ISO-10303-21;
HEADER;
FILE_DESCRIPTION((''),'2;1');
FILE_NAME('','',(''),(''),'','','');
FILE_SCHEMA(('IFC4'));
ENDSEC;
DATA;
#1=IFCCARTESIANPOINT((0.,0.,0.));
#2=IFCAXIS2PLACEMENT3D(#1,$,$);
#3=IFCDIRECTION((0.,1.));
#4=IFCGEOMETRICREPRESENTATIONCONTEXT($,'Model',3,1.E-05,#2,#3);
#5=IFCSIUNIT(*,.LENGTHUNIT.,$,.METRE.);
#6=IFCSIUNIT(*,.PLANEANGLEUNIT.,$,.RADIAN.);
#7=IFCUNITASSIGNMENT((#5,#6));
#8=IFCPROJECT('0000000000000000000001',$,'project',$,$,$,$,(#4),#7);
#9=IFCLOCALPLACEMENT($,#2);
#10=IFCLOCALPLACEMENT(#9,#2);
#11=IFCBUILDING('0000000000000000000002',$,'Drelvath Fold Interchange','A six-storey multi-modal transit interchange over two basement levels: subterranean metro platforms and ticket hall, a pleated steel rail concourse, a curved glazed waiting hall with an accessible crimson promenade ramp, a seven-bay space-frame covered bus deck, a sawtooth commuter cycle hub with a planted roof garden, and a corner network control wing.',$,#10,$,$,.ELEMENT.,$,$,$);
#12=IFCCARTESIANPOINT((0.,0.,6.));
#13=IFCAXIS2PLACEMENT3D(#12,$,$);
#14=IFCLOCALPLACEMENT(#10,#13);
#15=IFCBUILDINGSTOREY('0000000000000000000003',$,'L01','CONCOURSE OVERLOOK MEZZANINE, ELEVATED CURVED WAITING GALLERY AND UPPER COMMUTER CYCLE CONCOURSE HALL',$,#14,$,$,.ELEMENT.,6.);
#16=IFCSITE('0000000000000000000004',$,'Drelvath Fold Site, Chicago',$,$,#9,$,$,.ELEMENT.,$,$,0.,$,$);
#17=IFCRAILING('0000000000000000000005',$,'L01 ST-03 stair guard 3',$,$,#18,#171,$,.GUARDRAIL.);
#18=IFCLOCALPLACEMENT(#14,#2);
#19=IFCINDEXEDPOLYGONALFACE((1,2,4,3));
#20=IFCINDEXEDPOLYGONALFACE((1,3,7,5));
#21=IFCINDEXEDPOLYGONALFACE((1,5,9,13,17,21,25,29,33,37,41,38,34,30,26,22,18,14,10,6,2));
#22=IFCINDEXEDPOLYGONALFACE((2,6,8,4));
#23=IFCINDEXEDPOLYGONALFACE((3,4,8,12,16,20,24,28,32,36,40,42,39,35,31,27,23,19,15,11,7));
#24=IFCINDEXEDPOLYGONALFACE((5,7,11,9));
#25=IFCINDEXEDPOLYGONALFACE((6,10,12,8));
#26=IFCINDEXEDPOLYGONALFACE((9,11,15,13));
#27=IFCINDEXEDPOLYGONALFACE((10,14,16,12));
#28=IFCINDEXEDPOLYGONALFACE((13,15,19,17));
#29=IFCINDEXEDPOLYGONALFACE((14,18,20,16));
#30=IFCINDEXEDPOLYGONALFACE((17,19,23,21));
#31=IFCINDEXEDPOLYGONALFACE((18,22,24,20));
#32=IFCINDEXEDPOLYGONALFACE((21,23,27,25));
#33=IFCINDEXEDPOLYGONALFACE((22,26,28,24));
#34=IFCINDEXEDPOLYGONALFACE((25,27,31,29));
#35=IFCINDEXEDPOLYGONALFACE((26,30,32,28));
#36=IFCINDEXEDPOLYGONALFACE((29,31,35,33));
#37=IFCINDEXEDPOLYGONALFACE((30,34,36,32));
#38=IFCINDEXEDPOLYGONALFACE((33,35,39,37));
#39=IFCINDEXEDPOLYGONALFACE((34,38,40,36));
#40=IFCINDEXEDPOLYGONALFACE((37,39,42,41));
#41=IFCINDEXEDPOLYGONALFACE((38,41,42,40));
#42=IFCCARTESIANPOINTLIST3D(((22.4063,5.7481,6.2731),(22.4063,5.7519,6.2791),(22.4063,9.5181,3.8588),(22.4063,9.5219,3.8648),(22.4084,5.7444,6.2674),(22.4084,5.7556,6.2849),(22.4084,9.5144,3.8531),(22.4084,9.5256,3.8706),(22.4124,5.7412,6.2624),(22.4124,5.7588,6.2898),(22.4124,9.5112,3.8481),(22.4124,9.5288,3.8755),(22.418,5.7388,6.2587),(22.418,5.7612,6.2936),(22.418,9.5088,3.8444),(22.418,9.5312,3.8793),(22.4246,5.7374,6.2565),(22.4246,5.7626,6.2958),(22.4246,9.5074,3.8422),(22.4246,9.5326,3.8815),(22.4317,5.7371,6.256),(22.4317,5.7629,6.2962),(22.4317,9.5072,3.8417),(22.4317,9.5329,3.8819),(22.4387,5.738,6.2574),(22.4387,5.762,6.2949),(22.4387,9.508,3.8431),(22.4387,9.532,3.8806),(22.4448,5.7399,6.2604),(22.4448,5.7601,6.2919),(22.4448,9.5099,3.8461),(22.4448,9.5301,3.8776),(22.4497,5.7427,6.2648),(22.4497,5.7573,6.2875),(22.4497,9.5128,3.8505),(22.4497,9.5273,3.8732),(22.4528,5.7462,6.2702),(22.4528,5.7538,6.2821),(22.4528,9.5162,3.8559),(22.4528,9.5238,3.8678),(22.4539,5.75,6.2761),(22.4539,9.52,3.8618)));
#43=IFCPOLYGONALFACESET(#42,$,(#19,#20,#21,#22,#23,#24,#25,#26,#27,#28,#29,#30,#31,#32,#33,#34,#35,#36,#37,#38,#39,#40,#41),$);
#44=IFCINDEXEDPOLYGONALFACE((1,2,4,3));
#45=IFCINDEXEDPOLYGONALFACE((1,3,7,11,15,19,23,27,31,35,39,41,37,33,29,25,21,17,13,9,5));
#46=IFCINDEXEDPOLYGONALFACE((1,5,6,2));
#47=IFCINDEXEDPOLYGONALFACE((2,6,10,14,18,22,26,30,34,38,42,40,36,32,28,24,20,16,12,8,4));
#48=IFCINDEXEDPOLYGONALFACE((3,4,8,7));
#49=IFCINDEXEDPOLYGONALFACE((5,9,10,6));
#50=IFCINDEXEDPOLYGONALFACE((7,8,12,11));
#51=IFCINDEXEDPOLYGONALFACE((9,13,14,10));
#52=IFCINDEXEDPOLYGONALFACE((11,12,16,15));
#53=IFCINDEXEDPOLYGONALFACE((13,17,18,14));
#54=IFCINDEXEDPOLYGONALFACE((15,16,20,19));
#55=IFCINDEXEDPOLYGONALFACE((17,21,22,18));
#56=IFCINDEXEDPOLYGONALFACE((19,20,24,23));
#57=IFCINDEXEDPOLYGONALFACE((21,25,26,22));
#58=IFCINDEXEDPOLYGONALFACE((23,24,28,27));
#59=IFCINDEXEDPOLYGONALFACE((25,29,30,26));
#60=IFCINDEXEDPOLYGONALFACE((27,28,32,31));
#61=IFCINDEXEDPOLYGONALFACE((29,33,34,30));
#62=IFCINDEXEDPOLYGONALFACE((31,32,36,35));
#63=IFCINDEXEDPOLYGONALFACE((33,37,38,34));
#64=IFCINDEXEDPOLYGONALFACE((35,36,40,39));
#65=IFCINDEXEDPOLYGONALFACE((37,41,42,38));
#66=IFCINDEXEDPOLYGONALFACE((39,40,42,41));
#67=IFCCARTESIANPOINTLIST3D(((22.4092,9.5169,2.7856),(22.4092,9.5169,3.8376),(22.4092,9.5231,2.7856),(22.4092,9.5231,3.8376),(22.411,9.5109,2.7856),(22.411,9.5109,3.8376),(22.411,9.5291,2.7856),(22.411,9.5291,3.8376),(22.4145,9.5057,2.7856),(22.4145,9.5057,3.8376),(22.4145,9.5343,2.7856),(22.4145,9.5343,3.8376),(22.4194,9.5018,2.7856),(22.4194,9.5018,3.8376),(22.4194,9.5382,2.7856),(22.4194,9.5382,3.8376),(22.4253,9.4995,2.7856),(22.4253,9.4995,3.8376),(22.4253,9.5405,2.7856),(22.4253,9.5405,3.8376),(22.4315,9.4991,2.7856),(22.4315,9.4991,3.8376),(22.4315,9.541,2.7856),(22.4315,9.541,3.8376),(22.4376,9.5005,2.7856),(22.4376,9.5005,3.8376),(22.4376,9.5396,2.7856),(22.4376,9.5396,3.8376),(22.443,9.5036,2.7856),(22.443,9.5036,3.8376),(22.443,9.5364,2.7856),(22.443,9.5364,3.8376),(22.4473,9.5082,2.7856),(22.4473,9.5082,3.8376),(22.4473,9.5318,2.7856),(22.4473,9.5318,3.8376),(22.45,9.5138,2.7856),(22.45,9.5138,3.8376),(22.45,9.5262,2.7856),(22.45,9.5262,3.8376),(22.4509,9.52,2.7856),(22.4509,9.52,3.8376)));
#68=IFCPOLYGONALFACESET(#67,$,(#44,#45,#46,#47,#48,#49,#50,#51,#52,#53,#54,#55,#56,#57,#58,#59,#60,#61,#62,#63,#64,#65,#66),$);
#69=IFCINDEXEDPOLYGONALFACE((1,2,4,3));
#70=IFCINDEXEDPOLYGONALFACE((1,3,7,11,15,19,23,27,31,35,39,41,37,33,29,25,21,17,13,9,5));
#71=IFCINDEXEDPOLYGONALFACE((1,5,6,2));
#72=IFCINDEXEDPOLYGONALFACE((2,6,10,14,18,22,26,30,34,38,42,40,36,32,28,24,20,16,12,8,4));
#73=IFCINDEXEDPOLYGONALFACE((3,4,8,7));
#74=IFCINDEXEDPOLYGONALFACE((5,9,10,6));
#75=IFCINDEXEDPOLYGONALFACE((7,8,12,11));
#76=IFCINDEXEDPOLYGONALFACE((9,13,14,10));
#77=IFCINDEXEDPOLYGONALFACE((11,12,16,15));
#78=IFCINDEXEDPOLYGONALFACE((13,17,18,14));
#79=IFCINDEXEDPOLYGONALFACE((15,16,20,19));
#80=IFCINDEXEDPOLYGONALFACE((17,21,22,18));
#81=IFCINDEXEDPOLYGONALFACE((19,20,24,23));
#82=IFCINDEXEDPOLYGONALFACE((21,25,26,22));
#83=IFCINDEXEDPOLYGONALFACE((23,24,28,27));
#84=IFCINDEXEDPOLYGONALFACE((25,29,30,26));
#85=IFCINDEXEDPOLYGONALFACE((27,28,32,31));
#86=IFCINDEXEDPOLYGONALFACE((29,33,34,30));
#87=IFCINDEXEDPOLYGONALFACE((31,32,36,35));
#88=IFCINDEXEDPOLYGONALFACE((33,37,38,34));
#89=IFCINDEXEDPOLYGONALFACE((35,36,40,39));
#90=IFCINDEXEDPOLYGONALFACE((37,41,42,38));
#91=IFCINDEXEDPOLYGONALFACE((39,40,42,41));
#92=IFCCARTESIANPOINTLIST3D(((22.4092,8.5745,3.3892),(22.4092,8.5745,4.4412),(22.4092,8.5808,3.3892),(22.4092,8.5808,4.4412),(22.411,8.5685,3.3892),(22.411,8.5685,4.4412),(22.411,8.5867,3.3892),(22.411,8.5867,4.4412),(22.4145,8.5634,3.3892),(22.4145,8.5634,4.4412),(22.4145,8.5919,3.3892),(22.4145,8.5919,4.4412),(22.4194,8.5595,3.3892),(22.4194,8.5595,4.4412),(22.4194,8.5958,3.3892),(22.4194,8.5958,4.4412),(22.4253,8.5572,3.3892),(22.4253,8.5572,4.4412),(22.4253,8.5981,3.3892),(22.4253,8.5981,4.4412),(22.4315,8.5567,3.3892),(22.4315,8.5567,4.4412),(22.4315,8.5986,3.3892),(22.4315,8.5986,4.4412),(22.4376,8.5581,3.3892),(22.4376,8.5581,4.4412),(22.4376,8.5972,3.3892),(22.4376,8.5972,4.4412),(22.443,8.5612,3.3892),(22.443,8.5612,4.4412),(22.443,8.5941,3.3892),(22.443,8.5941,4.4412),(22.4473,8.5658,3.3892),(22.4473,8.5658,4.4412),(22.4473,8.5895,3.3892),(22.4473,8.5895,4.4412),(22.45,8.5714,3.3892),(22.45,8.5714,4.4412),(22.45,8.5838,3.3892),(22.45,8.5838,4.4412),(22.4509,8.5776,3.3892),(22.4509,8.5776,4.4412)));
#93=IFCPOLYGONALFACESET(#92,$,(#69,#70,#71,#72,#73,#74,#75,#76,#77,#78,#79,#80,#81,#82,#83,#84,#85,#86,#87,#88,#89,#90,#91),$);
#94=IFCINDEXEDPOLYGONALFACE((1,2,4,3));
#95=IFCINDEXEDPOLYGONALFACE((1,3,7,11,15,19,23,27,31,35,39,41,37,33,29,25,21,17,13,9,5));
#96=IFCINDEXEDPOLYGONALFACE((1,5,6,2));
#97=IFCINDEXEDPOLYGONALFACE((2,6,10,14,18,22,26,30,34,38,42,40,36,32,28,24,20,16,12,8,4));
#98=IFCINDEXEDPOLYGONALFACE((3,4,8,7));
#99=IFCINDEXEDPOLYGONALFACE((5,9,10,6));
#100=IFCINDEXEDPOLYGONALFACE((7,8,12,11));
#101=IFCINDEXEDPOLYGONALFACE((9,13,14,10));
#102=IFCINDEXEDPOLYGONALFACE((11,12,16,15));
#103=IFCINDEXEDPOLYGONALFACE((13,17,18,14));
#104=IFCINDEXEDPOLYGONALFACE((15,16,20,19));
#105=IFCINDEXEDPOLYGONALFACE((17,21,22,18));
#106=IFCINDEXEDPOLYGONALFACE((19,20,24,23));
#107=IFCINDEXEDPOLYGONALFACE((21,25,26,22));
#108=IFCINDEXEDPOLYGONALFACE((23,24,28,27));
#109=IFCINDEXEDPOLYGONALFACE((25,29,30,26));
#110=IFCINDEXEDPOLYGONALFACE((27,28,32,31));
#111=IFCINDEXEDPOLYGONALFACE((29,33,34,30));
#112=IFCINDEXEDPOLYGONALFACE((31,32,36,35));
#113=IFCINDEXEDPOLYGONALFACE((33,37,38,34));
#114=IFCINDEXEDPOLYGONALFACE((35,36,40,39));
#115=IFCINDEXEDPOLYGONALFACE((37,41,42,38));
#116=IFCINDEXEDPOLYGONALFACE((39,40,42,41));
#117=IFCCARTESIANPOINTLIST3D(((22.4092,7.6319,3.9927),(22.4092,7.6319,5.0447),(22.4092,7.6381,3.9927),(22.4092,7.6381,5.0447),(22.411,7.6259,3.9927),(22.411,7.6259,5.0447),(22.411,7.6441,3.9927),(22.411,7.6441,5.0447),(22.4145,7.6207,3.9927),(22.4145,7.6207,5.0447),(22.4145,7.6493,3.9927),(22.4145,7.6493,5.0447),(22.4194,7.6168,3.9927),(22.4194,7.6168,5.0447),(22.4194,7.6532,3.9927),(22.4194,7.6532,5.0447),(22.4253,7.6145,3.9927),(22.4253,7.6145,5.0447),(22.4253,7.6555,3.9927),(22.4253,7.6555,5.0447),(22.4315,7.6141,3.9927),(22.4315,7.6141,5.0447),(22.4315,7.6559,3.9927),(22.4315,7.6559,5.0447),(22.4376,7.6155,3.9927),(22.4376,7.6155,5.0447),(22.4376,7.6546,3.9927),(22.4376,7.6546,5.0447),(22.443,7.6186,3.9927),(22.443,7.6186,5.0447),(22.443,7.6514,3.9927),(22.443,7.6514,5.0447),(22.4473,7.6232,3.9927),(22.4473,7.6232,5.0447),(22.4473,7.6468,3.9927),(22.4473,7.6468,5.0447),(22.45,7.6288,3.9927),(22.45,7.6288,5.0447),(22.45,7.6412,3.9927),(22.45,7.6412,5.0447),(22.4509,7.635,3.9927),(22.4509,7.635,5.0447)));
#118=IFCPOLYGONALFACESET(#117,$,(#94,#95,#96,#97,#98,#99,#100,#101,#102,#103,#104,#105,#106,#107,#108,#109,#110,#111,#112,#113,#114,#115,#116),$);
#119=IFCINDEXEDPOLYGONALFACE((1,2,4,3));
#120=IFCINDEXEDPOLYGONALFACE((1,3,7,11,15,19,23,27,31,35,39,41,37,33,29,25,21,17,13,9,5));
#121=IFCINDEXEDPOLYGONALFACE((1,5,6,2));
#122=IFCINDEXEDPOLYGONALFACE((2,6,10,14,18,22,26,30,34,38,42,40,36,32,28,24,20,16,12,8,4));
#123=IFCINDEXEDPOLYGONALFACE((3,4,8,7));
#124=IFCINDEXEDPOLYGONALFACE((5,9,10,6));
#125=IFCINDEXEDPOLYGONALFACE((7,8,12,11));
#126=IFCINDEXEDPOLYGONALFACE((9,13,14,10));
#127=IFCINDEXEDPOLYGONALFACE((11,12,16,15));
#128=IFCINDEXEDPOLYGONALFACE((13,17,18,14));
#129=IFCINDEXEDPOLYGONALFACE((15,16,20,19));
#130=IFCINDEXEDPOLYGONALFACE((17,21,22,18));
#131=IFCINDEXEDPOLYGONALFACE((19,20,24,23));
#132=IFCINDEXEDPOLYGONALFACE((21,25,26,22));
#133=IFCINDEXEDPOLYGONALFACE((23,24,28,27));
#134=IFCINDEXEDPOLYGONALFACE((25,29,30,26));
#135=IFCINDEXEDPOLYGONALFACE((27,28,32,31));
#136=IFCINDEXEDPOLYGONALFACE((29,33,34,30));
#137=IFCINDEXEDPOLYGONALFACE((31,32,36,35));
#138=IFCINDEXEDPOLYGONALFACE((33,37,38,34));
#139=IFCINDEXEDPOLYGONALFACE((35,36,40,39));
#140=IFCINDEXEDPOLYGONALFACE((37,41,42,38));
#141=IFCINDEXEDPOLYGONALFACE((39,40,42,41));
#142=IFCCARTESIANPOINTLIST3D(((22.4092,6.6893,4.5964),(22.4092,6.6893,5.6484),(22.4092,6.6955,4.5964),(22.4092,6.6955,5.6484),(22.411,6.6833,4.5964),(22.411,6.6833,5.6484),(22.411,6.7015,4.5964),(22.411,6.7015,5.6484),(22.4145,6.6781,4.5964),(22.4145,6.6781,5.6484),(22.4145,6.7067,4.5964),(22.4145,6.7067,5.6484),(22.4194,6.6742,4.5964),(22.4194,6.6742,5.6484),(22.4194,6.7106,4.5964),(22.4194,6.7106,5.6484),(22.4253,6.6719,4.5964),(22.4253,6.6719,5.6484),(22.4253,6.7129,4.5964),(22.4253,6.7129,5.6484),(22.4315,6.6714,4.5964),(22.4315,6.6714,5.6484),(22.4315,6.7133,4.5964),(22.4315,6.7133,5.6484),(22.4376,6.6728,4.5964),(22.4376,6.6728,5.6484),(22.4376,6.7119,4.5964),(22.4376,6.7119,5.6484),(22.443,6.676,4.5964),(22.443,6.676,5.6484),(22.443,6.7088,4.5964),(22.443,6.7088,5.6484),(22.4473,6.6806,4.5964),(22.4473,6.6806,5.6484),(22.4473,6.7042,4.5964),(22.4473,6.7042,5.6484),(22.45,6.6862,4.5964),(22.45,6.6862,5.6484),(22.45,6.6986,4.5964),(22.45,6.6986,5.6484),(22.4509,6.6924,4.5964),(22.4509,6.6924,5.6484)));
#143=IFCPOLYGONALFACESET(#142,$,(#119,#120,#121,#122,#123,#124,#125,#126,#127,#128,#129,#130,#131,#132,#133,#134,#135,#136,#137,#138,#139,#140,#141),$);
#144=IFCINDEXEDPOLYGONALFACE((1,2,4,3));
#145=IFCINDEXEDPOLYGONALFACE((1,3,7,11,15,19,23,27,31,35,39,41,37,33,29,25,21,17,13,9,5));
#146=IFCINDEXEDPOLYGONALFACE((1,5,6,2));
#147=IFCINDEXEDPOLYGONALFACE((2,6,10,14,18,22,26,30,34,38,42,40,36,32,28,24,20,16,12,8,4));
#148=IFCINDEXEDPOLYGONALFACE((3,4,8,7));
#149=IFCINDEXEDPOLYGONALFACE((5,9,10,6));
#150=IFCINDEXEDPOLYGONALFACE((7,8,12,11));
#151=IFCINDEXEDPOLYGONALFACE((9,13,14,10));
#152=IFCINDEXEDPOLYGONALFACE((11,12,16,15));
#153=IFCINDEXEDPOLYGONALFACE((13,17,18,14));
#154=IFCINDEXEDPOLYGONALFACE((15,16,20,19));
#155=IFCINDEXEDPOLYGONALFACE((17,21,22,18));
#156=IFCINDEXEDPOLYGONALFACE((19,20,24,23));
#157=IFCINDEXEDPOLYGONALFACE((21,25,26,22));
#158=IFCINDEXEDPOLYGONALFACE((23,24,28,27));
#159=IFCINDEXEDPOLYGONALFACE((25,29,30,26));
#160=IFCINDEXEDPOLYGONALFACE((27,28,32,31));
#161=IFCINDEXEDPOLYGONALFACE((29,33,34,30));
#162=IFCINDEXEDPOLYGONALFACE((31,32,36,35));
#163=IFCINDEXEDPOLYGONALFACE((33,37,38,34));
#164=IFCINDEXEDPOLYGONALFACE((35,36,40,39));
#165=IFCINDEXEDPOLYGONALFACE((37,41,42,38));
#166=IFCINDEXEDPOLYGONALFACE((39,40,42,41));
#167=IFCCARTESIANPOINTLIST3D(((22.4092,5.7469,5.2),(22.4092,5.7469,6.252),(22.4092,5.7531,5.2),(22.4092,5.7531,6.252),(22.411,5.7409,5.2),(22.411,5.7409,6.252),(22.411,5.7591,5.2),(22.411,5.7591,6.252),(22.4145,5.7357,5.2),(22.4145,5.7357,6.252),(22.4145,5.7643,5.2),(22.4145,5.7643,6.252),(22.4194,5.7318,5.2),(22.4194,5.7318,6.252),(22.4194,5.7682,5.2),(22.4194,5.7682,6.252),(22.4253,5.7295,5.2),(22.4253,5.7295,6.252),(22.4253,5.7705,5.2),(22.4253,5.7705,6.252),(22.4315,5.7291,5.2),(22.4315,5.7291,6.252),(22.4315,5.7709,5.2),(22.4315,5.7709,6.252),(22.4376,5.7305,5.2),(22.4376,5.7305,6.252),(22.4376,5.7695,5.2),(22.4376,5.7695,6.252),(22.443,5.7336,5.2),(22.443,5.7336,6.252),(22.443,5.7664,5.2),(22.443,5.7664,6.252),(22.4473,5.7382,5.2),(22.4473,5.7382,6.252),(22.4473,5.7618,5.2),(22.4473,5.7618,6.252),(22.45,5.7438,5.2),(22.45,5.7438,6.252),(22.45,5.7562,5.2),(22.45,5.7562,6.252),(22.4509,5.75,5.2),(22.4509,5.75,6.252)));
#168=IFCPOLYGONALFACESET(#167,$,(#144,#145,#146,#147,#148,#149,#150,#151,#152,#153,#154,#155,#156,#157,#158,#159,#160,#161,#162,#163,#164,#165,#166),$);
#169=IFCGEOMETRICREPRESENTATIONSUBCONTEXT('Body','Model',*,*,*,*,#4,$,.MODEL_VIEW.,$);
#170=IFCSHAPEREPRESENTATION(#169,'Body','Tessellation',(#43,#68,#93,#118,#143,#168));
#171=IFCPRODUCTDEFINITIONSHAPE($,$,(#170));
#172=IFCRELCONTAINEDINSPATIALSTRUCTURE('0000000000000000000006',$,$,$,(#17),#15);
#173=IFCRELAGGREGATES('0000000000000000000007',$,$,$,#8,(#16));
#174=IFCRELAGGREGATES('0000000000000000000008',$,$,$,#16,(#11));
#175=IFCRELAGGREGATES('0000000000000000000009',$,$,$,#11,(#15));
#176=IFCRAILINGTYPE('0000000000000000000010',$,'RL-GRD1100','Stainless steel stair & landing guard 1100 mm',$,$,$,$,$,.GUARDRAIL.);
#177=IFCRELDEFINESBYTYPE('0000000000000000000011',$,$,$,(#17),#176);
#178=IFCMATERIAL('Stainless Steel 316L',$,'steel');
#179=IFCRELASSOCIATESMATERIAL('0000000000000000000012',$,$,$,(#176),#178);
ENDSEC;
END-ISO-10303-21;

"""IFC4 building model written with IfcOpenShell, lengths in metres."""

from ifc_helpers import new_model, si_unit, direction, frame, origin, origin_2d, place, context, subcontext, project, spatial, circle, extrude, material, type_object, element, save


model = new_model("IFC4")

# Units and contexts
model_context = context("Model", 3, precision=1e-05, world=origin(), true_north=direction((0.0, 1.0)))
body_context = subcontext(model_context, "Body", "Model", "MODEL_VIEW")
ifc_project = project(units=[si_unit("LENGTHUNIT", "METRE"), si_unit("PLANEANGLEUNIT", "RADIAN")], contexts=[model_context])

# Site, building, storey
site_placement = place(None, origin())
site = spatial("IfcSite", under=ifc_project, at=site_placement, Name="Drelvath Fold Site, Chicago", CompositionType="ELEMENT", RefElevation=0.0)
building_placement = place(site_placement, origin())
building = spatial("IfcBuilding", under=site, at=building_placement, Name="Drelvath Fold Interchange", Description="A six-storey multi-modal transit interchange over two basement levels: subterranean metro platforms and ticket hall, a pleated steel rail concourse, a curved glazed waiting hall with an accessible crimson promenade ramp, a seven-bay space-frame covered bus deck, a sawtooth commuter cycle hub with a planted roof garden, and a corner network control wing.", CompositionType="ELEMENT")
storey_placement = place(building_placement, frame((0.0, 0.0, 6.0)))
storey = spatial("IfcBuildingStorey", under=building, at=storey_placement, Name="L01", Description="CONCOURSE OVERLOOK MEZZANINE, ELEVATED CURVED WAITING GALLERY AND UPPER COMMUTER CYCLE CONCOURSE HALL", CompositionType="ELEMENT", Elevation=6.0)

# Railing
ifc_material_1 = material(Name="Stainless Steel 316L", Category="steel")
railing_type_1 = type_object("IfcRailingType", Name="RL-GRD1100", Description="Stainless steel stair & landing guard 1100 mm", PredefinedType="GUARDRAIL", material=ifc_material_1)
railing_1_placement = place(storey_placement, frame((22.4299, 9.52, 2.7856)))
element("IfcRailing", 1, at=railing_1_placement, inside=storey, type_object=railing_type_1, Name="L01 ST-03 stair guard 3", PredefinedType="GUARDRAIL", context=body_context, shape_type="SweptSolid", body=[
    extrude(circle(Radius=0.0239, at=origin_2d()), frame((0.0, 0.0, 1.0762), z_axis=(0.0, -0.84212, 0.53929), x_axis=(1.0, 0.0, 0.0)), (0.0, 0.0, 1.0), 4.4768),
    extrude(circle(Radius=0.021, at=origin_2d()), origin(), (0.0, 0.0, 1.0), 1.052),
    extrude(circle(Radius=0.021, at=origin_2d()), frame((0.0, -0.9424, 0.6035)), (0.0, 0.0, 1.0), 1.052),
    extrude(circle(Radius=0.021, at=origin_2d()), frame((0.0, -1.885, 1.207)), (0.0, 0.0, 1.0), 1.052),
    extrude(circle(Radius=0.021, at=origin_2d()), frame((0.0, -2.8276, 1.8108)), (0.0, 0.0, 1.0), 1.052),
    extrude(circle(Radius=0.021, at=origin_2d()), frame((0.0, -3.77, 2.4143)), (0.0, 0.0, 1.0), 1.052),
])

save(model, "model.ifc")
